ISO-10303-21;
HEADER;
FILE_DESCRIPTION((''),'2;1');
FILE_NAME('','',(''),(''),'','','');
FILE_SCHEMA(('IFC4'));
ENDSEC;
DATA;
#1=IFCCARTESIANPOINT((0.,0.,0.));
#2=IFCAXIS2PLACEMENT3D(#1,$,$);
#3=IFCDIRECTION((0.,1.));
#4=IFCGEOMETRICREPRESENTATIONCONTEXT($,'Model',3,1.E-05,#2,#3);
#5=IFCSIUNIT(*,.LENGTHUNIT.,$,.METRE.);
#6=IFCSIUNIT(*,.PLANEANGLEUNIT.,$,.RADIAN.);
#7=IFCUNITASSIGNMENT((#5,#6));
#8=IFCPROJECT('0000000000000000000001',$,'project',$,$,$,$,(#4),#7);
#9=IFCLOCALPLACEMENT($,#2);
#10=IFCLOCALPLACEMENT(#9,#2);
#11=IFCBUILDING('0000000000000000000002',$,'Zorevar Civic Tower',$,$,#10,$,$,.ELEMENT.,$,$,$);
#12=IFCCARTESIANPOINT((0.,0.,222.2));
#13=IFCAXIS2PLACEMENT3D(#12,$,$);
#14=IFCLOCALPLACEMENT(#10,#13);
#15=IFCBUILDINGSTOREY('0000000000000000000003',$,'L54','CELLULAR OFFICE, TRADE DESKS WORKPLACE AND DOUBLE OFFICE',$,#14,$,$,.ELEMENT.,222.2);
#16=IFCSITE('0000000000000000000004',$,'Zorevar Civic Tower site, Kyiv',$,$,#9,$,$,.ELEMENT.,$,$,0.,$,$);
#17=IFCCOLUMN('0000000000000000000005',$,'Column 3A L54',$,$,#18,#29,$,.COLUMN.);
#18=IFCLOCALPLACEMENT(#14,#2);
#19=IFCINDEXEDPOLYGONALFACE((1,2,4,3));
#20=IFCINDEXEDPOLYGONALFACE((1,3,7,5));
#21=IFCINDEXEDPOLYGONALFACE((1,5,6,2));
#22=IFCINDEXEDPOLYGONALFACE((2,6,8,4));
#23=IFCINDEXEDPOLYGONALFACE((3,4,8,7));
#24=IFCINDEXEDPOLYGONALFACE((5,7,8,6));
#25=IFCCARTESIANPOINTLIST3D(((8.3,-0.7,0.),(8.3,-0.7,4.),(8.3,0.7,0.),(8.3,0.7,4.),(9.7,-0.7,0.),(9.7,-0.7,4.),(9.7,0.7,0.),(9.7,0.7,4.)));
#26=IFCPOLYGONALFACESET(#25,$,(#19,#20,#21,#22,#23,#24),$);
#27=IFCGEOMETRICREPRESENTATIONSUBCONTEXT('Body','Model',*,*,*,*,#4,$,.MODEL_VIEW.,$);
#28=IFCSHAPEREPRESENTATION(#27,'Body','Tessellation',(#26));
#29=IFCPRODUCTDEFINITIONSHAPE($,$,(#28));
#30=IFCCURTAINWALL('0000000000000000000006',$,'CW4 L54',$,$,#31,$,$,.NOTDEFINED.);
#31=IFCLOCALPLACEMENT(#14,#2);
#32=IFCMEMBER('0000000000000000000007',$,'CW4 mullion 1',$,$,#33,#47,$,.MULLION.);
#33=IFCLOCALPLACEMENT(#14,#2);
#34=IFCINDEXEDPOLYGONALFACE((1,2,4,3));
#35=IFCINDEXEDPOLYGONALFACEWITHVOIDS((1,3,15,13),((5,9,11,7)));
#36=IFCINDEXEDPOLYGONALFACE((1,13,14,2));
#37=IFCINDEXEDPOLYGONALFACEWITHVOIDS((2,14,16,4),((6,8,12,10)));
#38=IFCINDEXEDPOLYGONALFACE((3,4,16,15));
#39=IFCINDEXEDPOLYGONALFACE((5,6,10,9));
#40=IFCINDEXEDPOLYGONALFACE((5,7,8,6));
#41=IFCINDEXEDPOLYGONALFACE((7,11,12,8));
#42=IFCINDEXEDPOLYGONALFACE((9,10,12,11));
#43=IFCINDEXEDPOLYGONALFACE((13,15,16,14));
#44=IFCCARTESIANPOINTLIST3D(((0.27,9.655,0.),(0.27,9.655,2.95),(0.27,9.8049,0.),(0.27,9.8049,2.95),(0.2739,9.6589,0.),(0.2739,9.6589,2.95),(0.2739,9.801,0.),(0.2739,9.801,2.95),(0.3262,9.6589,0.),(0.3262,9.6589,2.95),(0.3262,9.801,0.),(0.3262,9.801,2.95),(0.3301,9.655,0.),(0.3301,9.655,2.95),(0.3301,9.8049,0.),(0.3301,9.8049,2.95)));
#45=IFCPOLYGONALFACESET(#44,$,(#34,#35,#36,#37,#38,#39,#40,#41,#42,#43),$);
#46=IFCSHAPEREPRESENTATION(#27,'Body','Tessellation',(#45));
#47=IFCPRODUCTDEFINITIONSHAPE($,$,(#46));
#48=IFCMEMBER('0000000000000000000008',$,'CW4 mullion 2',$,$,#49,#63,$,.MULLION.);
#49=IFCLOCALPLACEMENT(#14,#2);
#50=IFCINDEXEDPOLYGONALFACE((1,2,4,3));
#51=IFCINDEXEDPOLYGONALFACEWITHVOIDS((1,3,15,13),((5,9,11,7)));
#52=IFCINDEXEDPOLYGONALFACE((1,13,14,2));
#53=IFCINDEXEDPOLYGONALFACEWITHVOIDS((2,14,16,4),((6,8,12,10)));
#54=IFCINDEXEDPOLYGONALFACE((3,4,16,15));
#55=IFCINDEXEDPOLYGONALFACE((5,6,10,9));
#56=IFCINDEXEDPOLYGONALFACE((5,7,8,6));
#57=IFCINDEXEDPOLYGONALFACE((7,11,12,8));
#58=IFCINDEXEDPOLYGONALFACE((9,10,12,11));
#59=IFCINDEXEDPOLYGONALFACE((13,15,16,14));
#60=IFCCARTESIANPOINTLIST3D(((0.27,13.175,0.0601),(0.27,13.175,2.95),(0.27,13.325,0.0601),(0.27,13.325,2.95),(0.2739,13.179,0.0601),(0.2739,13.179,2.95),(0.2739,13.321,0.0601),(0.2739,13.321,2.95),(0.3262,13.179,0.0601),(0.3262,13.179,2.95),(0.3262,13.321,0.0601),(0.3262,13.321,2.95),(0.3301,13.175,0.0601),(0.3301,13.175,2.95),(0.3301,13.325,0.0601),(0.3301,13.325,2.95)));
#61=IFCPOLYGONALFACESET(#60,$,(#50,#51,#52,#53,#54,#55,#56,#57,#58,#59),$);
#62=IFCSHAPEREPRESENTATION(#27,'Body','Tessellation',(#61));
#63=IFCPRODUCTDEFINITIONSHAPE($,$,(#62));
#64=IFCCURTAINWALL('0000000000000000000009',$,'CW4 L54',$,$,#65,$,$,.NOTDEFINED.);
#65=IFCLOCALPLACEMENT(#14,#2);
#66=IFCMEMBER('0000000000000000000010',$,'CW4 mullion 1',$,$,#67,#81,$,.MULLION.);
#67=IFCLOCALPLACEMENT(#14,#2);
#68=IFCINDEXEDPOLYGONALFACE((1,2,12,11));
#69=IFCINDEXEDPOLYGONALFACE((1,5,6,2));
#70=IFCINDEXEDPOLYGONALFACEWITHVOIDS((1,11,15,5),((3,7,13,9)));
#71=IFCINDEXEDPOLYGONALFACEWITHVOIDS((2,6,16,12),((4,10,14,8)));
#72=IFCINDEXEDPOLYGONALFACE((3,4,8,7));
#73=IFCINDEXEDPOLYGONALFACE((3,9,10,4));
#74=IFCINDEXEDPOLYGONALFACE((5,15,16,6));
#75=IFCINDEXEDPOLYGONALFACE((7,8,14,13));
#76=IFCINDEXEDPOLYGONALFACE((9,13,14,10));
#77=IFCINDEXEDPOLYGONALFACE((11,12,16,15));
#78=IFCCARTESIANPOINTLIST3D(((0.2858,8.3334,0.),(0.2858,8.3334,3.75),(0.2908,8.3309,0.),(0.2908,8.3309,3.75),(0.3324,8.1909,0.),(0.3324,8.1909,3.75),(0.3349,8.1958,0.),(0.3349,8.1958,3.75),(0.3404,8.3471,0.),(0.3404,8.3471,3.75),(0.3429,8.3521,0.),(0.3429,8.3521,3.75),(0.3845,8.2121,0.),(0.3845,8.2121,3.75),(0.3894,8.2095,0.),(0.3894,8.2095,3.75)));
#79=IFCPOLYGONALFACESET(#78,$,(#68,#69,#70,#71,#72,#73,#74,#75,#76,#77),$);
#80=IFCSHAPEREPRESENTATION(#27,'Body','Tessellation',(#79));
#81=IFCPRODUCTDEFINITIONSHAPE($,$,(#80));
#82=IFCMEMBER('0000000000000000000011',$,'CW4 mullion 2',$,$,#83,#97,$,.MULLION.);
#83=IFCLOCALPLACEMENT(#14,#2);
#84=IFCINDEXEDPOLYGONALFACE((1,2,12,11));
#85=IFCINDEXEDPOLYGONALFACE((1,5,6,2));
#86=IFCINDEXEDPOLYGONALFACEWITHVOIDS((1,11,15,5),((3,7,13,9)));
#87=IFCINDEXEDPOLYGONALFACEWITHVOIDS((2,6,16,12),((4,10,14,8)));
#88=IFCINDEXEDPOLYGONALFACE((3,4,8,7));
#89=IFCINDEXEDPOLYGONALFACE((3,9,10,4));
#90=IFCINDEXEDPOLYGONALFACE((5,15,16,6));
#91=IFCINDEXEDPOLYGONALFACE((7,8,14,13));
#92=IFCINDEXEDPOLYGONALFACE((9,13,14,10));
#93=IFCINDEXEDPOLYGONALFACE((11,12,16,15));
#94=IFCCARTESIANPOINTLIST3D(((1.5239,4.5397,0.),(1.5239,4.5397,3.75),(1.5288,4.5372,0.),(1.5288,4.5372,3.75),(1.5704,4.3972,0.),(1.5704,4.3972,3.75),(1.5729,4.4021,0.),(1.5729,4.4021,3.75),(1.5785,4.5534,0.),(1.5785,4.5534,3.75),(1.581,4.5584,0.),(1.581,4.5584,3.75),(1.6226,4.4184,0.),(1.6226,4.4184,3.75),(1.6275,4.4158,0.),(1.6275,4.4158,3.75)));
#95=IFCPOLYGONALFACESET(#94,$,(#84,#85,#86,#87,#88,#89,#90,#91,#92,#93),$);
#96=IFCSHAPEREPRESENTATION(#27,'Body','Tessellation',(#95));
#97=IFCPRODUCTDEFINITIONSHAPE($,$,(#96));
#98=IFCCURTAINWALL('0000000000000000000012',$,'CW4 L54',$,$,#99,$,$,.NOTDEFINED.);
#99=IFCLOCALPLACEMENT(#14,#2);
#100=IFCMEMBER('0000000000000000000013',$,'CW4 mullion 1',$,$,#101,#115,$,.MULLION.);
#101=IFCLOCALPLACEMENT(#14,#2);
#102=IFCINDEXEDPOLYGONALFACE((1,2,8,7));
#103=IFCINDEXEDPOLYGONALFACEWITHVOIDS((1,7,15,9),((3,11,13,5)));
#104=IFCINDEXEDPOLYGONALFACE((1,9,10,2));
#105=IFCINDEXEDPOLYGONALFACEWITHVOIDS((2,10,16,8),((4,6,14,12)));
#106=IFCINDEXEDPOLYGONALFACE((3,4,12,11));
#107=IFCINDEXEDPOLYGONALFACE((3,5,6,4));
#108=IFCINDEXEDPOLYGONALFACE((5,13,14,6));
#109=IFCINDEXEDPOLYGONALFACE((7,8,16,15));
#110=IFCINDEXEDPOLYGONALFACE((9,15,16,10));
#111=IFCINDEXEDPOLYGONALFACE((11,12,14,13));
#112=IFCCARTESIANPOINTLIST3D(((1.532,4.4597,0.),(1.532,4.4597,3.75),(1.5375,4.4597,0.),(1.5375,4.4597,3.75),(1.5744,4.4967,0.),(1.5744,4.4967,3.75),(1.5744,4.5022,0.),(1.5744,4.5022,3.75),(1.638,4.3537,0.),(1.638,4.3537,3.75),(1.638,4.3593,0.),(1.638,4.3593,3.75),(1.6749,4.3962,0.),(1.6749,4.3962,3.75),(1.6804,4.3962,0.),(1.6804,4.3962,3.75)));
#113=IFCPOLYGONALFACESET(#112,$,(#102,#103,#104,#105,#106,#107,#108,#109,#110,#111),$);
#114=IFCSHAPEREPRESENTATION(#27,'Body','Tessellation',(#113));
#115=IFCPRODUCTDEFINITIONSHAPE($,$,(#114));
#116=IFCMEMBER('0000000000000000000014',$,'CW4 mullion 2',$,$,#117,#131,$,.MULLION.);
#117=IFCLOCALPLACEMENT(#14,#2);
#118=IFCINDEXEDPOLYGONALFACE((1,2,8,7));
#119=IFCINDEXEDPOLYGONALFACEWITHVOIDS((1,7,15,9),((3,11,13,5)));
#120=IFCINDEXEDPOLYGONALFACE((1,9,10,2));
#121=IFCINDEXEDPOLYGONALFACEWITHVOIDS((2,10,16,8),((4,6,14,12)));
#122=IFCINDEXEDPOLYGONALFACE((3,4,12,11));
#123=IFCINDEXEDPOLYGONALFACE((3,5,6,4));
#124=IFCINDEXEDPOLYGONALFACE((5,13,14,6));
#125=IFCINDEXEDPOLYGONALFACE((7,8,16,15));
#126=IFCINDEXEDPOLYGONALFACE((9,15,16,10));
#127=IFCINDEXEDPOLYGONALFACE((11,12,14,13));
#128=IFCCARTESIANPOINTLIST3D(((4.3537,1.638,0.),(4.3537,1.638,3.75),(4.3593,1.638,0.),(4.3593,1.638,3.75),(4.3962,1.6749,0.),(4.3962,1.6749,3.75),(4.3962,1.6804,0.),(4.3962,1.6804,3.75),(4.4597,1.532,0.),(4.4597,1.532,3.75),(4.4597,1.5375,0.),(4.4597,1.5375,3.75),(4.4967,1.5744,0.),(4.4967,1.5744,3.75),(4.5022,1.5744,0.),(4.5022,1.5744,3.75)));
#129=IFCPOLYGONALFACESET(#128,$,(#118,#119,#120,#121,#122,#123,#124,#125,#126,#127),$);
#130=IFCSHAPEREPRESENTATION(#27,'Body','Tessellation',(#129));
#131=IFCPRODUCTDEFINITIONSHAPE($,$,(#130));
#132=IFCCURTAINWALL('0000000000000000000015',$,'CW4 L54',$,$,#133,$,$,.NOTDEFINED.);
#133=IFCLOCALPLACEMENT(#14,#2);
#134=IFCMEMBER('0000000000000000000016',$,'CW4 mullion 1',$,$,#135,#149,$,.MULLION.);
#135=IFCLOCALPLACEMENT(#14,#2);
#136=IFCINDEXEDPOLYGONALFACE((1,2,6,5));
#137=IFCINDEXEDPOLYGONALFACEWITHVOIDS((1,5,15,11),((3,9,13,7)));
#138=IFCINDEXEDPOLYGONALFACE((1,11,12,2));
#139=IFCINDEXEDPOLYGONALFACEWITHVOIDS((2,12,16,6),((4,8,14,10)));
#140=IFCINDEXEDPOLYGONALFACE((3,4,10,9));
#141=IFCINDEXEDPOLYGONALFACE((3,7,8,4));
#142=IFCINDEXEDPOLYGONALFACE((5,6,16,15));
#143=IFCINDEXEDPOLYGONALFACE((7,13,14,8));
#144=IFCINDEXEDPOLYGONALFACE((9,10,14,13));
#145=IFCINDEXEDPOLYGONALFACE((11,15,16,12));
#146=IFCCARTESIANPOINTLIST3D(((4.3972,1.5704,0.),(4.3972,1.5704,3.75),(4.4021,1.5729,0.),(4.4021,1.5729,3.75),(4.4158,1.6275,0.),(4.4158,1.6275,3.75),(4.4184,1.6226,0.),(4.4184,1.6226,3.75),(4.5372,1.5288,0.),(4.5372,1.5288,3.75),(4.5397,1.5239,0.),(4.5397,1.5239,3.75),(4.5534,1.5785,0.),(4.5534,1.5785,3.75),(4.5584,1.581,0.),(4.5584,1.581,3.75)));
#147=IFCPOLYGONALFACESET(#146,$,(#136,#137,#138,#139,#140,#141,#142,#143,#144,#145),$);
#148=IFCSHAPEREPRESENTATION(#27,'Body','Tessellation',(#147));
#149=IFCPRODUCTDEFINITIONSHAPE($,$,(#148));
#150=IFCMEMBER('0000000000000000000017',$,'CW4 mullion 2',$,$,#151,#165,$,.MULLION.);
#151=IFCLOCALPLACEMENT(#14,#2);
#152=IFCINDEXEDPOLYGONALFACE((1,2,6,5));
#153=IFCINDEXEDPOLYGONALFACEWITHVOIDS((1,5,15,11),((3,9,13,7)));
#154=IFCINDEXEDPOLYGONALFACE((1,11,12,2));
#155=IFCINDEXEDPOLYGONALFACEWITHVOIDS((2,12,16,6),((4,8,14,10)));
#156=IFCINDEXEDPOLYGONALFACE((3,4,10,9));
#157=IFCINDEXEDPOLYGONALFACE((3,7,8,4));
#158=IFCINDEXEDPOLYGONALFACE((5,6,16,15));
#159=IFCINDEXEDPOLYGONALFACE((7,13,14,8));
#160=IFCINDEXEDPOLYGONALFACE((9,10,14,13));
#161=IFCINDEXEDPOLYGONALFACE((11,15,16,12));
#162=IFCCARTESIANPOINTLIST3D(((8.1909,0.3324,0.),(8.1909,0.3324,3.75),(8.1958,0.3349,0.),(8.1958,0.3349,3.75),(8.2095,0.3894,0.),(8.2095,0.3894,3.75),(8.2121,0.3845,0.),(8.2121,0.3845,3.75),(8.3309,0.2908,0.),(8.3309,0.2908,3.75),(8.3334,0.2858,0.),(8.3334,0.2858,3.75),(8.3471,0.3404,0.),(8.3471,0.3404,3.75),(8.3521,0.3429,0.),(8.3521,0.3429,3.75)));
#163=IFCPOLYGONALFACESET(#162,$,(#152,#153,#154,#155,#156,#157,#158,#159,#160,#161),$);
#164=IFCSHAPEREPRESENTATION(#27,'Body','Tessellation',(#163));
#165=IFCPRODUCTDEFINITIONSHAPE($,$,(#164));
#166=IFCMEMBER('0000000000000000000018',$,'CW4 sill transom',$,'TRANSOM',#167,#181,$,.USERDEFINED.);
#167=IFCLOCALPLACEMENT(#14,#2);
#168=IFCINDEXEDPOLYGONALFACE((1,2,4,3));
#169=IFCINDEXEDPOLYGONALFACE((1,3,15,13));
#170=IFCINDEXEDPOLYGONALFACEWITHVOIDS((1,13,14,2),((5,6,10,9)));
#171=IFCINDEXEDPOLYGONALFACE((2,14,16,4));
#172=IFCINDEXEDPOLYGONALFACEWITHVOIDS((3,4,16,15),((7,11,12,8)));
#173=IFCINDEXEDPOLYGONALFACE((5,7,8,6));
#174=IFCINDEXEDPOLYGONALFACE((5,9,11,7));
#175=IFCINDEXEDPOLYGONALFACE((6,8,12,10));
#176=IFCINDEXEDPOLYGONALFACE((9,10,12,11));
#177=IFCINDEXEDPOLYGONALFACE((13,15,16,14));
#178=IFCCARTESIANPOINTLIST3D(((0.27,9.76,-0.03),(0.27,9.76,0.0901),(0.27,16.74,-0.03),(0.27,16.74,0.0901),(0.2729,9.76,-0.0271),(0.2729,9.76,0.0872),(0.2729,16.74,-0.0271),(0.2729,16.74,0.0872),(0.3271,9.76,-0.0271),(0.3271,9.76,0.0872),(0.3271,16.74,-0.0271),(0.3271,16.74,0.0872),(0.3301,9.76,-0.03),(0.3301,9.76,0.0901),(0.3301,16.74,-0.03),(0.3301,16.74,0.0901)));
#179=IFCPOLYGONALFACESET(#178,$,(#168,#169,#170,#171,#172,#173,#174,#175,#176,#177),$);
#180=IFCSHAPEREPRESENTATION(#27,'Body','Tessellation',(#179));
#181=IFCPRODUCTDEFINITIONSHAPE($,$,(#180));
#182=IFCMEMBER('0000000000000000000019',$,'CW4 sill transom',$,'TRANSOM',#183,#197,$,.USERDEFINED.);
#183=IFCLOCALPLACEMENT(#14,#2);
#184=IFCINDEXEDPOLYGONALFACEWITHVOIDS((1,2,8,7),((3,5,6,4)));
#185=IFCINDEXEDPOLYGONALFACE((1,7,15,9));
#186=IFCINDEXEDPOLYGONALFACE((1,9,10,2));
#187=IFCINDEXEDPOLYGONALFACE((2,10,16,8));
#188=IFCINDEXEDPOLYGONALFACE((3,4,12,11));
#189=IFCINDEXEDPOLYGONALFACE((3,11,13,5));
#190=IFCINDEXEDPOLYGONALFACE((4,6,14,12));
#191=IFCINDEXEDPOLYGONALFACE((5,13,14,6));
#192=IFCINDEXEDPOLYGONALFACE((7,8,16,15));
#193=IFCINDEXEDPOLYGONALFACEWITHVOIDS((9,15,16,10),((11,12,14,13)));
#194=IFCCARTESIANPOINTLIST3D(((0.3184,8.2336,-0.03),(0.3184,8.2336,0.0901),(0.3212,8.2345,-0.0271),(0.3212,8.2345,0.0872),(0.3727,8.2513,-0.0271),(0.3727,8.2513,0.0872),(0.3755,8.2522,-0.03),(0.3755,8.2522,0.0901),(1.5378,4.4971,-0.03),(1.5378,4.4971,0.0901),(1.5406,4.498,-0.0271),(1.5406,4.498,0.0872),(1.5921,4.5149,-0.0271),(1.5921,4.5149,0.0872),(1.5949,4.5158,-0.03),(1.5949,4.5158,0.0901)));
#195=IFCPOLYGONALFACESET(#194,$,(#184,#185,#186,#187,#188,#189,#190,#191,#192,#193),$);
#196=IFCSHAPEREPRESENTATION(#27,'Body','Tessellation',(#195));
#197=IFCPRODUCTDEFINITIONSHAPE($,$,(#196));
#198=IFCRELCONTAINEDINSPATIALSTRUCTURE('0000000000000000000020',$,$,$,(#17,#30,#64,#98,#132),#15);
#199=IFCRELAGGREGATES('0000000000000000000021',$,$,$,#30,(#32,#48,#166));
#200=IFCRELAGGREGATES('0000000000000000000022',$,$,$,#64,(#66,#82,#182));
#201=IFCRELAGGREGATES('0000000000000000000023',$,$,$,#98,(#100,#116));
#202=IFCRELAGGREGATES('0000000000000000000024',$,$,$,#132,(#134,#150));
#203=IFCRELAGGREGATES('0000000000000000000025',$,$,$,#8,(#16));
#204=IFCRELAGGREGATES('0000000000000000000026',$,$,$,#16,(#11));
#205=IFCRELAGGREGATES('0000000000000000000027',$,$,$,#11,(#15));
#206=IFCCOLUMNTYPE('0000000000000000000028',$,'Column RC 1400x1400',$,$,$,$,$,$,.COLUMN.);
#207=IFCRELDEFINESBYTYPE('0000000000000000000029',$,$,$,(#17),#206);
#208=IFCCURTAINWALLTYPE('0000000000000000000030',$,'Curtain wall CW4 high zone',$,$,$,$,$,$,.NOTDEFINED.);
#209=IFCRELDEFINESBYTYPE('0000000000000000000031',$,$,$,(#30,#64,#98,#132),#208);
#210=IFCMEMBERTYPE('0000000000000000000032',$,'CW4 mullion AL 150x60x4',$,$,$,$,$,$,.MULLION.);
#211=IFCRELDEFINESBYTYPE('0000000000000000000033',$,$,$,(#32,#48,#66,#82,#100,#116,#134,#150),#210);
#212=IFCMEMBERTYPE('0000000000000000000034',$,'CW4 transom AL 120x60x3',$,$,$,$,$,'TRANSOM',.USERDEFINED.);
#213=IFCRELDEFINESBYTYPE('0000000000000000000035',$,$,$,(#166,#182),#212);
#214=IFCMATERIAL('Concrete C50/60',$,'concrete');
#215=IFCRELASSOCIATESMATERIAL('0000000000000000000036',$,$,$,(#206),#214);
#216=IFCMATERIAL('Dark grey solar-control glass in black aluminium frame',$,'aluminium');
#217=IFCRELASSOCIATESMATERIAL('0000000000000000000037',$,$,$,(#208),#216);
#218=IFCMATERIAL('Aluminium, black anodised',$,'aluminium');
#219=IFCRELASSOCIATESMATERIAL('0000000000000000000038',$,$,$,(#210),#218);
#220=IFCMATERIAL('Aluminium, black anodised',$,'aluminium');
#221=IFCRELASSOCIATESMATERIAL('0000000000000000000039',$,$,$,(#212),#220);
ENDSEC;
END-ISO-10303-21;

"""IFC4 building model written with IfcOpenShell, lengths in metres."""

from ifc_helpers import new_model, si_unit, direction, frame, origin, origin_2d, place, context, subcontext, project, spatial, rectangle, hollow_rectangle, extrude, material, material_profile, profile_set, type_object, element, aggregate, save


model = new_model("IFC4")

# Units and contexts
model_context = context("Model", 3, precision=1e-05, world=origin(), true_north=direction((0.0, 1.0)))
body_context = subcontext(model_context, "Body", "Model", "MODEL_VIEW")
ifc_project = project(units=[si_unit("LENGTHUNIT", "METRE"), si_unit("PLANEANGLEUNIT", "RADIAN")], contexts=[model_context])

# Site, building, storey
site_placement = place(None, origin())
site = spatial("IfcSite", under=ifc_project, at=site_placement, Name="Zorevar Civic Tower site, Kyiv", CompositionType="ELEMENT", RefElevation=0.0)
building_placement = place(site_placement, origin())
building = spatial("IfcBuilding", under=site, at=building_placement, Name="Zorevar Civic Tower", CompositionType="ELEMENT")
storey_placement = place(building_placement, frame((0.0, 0.0, 222.2)))
storey = spatial("IfcBuildingStorey", under=building, at=storey_placement, Name="L54", Description="CELLULAR OFFICE, TRADE DESKS WORKPLACE AND DOUBLE OFFICE", CompositionType="ELEMENT", Elevation=222.2)

# Column
ifc_material_1 = material(Name="Concrete C50/60", Category="concrete")
ifc_material_profile_1 = material_profile(ifc_material_1, rectangle(XDim=1.3999, YDim=1.3999, at=origin_2d()), Name="RC 1400x1400")
ifc_profile_set_1 = profile_set([ifc_material_profile_1], Name="Concrete C50/60")
column_type = type_object("IfcColumnType", Name="Column RC 1400x1400", PredefinedType="COLUMN", material=ifc_profile_set_1)
column_placement = place(storey_placement, frame((9.0, 0.0, 0.0), z_axis=(0.0, 0.0, 1.0), x_axis=(1.0, 0.0, 0.0)))
element("IfcColumn", 1, at=column_placement, inside=storey, type_object=column_type, Name="Column 3A L54", PredefinedType="COLUMN", context=body_context, shape_type="SweptSolid", body=[
    extrude(rectangle(XDim=1.3999, YDim=1.3999, at=origin_2d()), origin(), (0.0, 0.0, 1.0), 4.0),
])

# Curtain walls, members
ifc_material_2 = material(Name="Dark grey solar-control glass in black aluminium frame", Category="aluminium")
curtain_wall_type = type_object("IfcCurtainWallType", Name="Curtain wall CW4 high zone", PredefinedType="NOTDEFINED", material=ifc_material_2)
curtain_wall_1_placement = place(storey_placement, origin())
curtain_wall_1 = element("IfcCurtainWall", 2, at=curtain_wall_1_placement, inside=storey, type_object=curtain_wall_type, Name="CW4 L54", PredefinedType="NOTDEFINED")
ifc_material_3 = material(Name="Aluminium, black anodised", Category="aluminium")
ifc_material_profile_2 = material_profile(ifc_material_3, hollow_rectangle(XDim=0.0601, YDim=0.1499, WallThickness=0.0039, at=origin_2d()), Name="AL 150x60x4")
ifc_profile_set_2 = profile_set([ifc_material_profile_2], Name="Aluminium, black anodised")
member_type_1 = type_object("IfcMemberType", Name="CW4 mullion AL 150x60x4", PredefinedType="MULLION", material=ifc_profile_set_2)
member_1_placement = place(storey_placement, frame((0.3, 9.73, 0.0), z_axis=(0.0, 0.0, 1.0), x_axis=(-1.0, 0.0, 0.0)))
member_1 = element("IfcMember", 3, at=member_1_placement, type_object=member_type_1, Name="CW4 mullion 1", PredefinedType="MULLION", context=body_context, shape_type="SweptSolid", body=[
    extrude(hollow_rectangle(XDim=0.0601, YDim=0.1499, WallThickness=0.0039, at=origin_2d()), origin(), (0.0, 0.0, 1.0), 2.95),
])
member_2_placement = place(storey_placement, frame((0.3, 13.25, 0.0601), z_axis=(0.0, 0.0, 1.0), x_axis=(-1.0, 0.0, 0.0)))
member_2 = element("IfcMember", 4, at=member_2_placement, type_object=member_type_1, Name="CW4 mullion 2", PredefinedType="MULLION", context=body_context, shape_type="SweptSolid", body=[
    extrude(hollow_rectangle(XDim=0.0601, YDim=0.1499, WallThickness=0.0039, at=origin_2d()), origin(), (0.0, 0.0, 1.0), 2.8899),
])
curtain_wall_2_placement = place(storey_placement, origin())
curtain_wall_2 = element("IfcCurtainWall", 5, at=curtain_wall_2_placement, inside=storey, type_object=curtain_wall_type, Name="CW4 L54", PredefinedType="NOTDEFINED")
member_3_placement = place(storey_placement, frame((0.3376, 8.2715, 0.0), z_axis=(0.0, 0.0, 1.0), x_axis=(0.950645, 0.310281, 0.0)))
member_3 = element("IfcMember", 6, at=member_3_placement, type_object=member_type_1, Name="CW4 mullion 1", PredefinedType="MULLION", context=body_context, shape_type="SweptSolid", body=[
    extrude(hollow_rectangle(XDim=0.0601, YDim=0.1499, WallThickness=0.0039, at=origin_2d()), origin(), (0.0, 0.0, 1.0), 3.75),
])
member_4_placement = place(storey_placement, frame((1.5757, 4.4778, 0.0), z_axis=(0.0, 0.0, 1.0), x_axis=(0.950645, 0.310281, 0.0)))
member_4 = element("IfcMember", 7, at=member_4_placement, type_object=member_type_1, Name="CW4 mullion 2", PredefinedType="MULLION", context=body_context, shape_type="SweptSolid", body=[
    extrude(hollow_rectangle(XDim=0.0601, YDim=0.1499, WallThickness=0.0039, at=origin_2d()), origin(), (0.0, 0.0, 1.0), 3.75),
])
curtain_wall_3_placement = place(storey_placement, origin())
curtain_wall_3 = element("IfcCurtainWall", 8, at=curtain_wall_3_placement, inside=storey, type_object=curtain_wall_type, Name="CW4 L54", PredefinedType="NOTDEFINED")
member_5_placement = place(storey_placement, frame((1.6062, 4.428, 0.0), z_axis=(0.0, 0.0, 1.0), x_axis=(0.707107, 0.707107, 0.0)))
member_5 = element("IfcMember", 9, at=member_5_placement, type_object=member_type_1, Name="CW4 mullion 1", PredefinedType="MULLION", context=body_context, shape_type="SweptSolid", body=[
    extrude(hollow_rectangle(XDim=0.0601, YDim=0.1499, WallThickness=0.0039, at=origin_2d()), origin(), (0.0, 0.0, 1.0), 3.75),
])
member_6_placement = place(storey_placement, frame((4.428, 1.6062, 0.0), z_axis=(0.0, 0.0, 1.0), x_axis=(0.707107, 0.707107, 0.0)))
member_6 = element("IfcMember", 10, at=member_6_placement, type_object=member_type_1, Name="CW4 mullion 2", PredefinedType="MULLION", context=body_context, shape_type="SweptSolid", body=[
    extrude(hollow_rectangle(XDim=0.0601, YDim=0.1499, WallThickness=0.0039, at=origin_2d()), origin(), (0.0, 0.0, 1.0), 3.75),
])
curtain_wall_4_placement = place(storey_placement, origin())
curtain_wall_4 = element("IfcCurtainWall", 11, at=curtain_wall_4_placement, inside=storey, type_object=curtain_wall_type, Name="CW4 L54", PredefinedType="NOTDEFINED")
member_7_placement = place(storey_placement, frame((4.4778, 1.5757, 0.0), z_axis=(0.0, 0.0, 1.0), x_axis=(0.310281, 0.950645, 0.0)))
member_7 = element("IfcMember", 12, at=member_7_placement, type_object=member_type_1, Name="CW4 mullion 1", PredefinedType="MULLION", context=body_context, shape_type="SweptSolid", body=[
    extrude(hollow_rectangle(XDim=0.0601, YDim=0.1499, WallThickness=0.0039, at=origin_2d()), origin(), (0.0, 0.0, 1.0), 3.75),
])
member_8_placement = place(storey_placement, frame((8.2715, 0.3376, 0.0), z_axis=(0.0, 0.0, 1.0), x_axis=(0.310281, 0.950645, 0.0)))
member_8 = element("IfcMember", 13, at=member_8_placement, type_object=member_type_1, Name="CW4 mullion 2", PredefinedType="MULLION", context=body_context, shape_type="SweptSolid", body=[
    extrude(hollow_rectangle(XDim=0.0601, YDim=0.1499, WallThickness=0.0039, at=origin_2d()), origin(), (0.0, 0.0, 1.0), 3.75),
])

# Members
ifc_material_4 = material(Name="Aluminium, black anodised", Category="aluminium")
ifc_material_profile_3 = material_profile(ifc_material_4, hollow_rectangle(XDim=0.0601, YDim=0.1201, WallThickness=0.0029, at=origin_2d()), Name="AL 120x60x3")
ifc_profile_set_3 = profile_set([ifc_material_profile_3], Name="Aluminium, black anodised")
member_type_2 = type_object("IfcMemberType", Name="CW4 transom AL 120x60x3", ElementType="TRANSOM", PredefinedType="USERDEFINED", material=ifc_profile_set_3)
member_9_placement = place(storey_placement, frame((0.3, 9.76, 0.03), z_axis=(0.0, 1.0, 0.0), x_axis=(-1.0, 0.0, 0.0)))
member_9 = element("IfcMember", 14, at=member_9_placement, type_object=member_type_2, Name="CW4 sill transom", ObjectType="TRANSOM", PredefinedType="USERDEFINED", context=body_context, shape_type="SweptSolid", body=[
    extrude(hollow_rectangle(XDim=0.0601, YDim=0.1201, WallThickness=0.0029, at=origin_2d()), origin(), (0.0, 0.0, 1.0), 6.98),
])
member_10_placement = place(storey_placement, frame((0.3469, 8.2429, 0.03), z_axis=(0.310259, -0.950652, 0.0), x_axis=(0.950652, 0.310259, 0.0)))
member_10 = element("IfcMember", 15, at=member_10_placement, type_object=member_type_2, Name="CW4 sill transom", ObjectType="TRANSOM", PredefinedType="USERDEFINED", context=body_context, shape_type="SweptSolid", body=[
    extrude(hollow_rectangle(XDim=0.0601, YDim=0.1201, WallThickness=0.0029, at=origin_2d()), origin(), (0.0, 0.0, 1.0), 3.9304),
])

aggregate(curtain_wall_1, [member_1, member_2, member_9])
aggregate(curtain_wall_2, [member_3, member_4, member_10])
aggregate(curtain_wall_3, [member_5, member_6])
aggregate(curtain_wall_4, [member_7, member_8])

save(model, "model.ifc")
